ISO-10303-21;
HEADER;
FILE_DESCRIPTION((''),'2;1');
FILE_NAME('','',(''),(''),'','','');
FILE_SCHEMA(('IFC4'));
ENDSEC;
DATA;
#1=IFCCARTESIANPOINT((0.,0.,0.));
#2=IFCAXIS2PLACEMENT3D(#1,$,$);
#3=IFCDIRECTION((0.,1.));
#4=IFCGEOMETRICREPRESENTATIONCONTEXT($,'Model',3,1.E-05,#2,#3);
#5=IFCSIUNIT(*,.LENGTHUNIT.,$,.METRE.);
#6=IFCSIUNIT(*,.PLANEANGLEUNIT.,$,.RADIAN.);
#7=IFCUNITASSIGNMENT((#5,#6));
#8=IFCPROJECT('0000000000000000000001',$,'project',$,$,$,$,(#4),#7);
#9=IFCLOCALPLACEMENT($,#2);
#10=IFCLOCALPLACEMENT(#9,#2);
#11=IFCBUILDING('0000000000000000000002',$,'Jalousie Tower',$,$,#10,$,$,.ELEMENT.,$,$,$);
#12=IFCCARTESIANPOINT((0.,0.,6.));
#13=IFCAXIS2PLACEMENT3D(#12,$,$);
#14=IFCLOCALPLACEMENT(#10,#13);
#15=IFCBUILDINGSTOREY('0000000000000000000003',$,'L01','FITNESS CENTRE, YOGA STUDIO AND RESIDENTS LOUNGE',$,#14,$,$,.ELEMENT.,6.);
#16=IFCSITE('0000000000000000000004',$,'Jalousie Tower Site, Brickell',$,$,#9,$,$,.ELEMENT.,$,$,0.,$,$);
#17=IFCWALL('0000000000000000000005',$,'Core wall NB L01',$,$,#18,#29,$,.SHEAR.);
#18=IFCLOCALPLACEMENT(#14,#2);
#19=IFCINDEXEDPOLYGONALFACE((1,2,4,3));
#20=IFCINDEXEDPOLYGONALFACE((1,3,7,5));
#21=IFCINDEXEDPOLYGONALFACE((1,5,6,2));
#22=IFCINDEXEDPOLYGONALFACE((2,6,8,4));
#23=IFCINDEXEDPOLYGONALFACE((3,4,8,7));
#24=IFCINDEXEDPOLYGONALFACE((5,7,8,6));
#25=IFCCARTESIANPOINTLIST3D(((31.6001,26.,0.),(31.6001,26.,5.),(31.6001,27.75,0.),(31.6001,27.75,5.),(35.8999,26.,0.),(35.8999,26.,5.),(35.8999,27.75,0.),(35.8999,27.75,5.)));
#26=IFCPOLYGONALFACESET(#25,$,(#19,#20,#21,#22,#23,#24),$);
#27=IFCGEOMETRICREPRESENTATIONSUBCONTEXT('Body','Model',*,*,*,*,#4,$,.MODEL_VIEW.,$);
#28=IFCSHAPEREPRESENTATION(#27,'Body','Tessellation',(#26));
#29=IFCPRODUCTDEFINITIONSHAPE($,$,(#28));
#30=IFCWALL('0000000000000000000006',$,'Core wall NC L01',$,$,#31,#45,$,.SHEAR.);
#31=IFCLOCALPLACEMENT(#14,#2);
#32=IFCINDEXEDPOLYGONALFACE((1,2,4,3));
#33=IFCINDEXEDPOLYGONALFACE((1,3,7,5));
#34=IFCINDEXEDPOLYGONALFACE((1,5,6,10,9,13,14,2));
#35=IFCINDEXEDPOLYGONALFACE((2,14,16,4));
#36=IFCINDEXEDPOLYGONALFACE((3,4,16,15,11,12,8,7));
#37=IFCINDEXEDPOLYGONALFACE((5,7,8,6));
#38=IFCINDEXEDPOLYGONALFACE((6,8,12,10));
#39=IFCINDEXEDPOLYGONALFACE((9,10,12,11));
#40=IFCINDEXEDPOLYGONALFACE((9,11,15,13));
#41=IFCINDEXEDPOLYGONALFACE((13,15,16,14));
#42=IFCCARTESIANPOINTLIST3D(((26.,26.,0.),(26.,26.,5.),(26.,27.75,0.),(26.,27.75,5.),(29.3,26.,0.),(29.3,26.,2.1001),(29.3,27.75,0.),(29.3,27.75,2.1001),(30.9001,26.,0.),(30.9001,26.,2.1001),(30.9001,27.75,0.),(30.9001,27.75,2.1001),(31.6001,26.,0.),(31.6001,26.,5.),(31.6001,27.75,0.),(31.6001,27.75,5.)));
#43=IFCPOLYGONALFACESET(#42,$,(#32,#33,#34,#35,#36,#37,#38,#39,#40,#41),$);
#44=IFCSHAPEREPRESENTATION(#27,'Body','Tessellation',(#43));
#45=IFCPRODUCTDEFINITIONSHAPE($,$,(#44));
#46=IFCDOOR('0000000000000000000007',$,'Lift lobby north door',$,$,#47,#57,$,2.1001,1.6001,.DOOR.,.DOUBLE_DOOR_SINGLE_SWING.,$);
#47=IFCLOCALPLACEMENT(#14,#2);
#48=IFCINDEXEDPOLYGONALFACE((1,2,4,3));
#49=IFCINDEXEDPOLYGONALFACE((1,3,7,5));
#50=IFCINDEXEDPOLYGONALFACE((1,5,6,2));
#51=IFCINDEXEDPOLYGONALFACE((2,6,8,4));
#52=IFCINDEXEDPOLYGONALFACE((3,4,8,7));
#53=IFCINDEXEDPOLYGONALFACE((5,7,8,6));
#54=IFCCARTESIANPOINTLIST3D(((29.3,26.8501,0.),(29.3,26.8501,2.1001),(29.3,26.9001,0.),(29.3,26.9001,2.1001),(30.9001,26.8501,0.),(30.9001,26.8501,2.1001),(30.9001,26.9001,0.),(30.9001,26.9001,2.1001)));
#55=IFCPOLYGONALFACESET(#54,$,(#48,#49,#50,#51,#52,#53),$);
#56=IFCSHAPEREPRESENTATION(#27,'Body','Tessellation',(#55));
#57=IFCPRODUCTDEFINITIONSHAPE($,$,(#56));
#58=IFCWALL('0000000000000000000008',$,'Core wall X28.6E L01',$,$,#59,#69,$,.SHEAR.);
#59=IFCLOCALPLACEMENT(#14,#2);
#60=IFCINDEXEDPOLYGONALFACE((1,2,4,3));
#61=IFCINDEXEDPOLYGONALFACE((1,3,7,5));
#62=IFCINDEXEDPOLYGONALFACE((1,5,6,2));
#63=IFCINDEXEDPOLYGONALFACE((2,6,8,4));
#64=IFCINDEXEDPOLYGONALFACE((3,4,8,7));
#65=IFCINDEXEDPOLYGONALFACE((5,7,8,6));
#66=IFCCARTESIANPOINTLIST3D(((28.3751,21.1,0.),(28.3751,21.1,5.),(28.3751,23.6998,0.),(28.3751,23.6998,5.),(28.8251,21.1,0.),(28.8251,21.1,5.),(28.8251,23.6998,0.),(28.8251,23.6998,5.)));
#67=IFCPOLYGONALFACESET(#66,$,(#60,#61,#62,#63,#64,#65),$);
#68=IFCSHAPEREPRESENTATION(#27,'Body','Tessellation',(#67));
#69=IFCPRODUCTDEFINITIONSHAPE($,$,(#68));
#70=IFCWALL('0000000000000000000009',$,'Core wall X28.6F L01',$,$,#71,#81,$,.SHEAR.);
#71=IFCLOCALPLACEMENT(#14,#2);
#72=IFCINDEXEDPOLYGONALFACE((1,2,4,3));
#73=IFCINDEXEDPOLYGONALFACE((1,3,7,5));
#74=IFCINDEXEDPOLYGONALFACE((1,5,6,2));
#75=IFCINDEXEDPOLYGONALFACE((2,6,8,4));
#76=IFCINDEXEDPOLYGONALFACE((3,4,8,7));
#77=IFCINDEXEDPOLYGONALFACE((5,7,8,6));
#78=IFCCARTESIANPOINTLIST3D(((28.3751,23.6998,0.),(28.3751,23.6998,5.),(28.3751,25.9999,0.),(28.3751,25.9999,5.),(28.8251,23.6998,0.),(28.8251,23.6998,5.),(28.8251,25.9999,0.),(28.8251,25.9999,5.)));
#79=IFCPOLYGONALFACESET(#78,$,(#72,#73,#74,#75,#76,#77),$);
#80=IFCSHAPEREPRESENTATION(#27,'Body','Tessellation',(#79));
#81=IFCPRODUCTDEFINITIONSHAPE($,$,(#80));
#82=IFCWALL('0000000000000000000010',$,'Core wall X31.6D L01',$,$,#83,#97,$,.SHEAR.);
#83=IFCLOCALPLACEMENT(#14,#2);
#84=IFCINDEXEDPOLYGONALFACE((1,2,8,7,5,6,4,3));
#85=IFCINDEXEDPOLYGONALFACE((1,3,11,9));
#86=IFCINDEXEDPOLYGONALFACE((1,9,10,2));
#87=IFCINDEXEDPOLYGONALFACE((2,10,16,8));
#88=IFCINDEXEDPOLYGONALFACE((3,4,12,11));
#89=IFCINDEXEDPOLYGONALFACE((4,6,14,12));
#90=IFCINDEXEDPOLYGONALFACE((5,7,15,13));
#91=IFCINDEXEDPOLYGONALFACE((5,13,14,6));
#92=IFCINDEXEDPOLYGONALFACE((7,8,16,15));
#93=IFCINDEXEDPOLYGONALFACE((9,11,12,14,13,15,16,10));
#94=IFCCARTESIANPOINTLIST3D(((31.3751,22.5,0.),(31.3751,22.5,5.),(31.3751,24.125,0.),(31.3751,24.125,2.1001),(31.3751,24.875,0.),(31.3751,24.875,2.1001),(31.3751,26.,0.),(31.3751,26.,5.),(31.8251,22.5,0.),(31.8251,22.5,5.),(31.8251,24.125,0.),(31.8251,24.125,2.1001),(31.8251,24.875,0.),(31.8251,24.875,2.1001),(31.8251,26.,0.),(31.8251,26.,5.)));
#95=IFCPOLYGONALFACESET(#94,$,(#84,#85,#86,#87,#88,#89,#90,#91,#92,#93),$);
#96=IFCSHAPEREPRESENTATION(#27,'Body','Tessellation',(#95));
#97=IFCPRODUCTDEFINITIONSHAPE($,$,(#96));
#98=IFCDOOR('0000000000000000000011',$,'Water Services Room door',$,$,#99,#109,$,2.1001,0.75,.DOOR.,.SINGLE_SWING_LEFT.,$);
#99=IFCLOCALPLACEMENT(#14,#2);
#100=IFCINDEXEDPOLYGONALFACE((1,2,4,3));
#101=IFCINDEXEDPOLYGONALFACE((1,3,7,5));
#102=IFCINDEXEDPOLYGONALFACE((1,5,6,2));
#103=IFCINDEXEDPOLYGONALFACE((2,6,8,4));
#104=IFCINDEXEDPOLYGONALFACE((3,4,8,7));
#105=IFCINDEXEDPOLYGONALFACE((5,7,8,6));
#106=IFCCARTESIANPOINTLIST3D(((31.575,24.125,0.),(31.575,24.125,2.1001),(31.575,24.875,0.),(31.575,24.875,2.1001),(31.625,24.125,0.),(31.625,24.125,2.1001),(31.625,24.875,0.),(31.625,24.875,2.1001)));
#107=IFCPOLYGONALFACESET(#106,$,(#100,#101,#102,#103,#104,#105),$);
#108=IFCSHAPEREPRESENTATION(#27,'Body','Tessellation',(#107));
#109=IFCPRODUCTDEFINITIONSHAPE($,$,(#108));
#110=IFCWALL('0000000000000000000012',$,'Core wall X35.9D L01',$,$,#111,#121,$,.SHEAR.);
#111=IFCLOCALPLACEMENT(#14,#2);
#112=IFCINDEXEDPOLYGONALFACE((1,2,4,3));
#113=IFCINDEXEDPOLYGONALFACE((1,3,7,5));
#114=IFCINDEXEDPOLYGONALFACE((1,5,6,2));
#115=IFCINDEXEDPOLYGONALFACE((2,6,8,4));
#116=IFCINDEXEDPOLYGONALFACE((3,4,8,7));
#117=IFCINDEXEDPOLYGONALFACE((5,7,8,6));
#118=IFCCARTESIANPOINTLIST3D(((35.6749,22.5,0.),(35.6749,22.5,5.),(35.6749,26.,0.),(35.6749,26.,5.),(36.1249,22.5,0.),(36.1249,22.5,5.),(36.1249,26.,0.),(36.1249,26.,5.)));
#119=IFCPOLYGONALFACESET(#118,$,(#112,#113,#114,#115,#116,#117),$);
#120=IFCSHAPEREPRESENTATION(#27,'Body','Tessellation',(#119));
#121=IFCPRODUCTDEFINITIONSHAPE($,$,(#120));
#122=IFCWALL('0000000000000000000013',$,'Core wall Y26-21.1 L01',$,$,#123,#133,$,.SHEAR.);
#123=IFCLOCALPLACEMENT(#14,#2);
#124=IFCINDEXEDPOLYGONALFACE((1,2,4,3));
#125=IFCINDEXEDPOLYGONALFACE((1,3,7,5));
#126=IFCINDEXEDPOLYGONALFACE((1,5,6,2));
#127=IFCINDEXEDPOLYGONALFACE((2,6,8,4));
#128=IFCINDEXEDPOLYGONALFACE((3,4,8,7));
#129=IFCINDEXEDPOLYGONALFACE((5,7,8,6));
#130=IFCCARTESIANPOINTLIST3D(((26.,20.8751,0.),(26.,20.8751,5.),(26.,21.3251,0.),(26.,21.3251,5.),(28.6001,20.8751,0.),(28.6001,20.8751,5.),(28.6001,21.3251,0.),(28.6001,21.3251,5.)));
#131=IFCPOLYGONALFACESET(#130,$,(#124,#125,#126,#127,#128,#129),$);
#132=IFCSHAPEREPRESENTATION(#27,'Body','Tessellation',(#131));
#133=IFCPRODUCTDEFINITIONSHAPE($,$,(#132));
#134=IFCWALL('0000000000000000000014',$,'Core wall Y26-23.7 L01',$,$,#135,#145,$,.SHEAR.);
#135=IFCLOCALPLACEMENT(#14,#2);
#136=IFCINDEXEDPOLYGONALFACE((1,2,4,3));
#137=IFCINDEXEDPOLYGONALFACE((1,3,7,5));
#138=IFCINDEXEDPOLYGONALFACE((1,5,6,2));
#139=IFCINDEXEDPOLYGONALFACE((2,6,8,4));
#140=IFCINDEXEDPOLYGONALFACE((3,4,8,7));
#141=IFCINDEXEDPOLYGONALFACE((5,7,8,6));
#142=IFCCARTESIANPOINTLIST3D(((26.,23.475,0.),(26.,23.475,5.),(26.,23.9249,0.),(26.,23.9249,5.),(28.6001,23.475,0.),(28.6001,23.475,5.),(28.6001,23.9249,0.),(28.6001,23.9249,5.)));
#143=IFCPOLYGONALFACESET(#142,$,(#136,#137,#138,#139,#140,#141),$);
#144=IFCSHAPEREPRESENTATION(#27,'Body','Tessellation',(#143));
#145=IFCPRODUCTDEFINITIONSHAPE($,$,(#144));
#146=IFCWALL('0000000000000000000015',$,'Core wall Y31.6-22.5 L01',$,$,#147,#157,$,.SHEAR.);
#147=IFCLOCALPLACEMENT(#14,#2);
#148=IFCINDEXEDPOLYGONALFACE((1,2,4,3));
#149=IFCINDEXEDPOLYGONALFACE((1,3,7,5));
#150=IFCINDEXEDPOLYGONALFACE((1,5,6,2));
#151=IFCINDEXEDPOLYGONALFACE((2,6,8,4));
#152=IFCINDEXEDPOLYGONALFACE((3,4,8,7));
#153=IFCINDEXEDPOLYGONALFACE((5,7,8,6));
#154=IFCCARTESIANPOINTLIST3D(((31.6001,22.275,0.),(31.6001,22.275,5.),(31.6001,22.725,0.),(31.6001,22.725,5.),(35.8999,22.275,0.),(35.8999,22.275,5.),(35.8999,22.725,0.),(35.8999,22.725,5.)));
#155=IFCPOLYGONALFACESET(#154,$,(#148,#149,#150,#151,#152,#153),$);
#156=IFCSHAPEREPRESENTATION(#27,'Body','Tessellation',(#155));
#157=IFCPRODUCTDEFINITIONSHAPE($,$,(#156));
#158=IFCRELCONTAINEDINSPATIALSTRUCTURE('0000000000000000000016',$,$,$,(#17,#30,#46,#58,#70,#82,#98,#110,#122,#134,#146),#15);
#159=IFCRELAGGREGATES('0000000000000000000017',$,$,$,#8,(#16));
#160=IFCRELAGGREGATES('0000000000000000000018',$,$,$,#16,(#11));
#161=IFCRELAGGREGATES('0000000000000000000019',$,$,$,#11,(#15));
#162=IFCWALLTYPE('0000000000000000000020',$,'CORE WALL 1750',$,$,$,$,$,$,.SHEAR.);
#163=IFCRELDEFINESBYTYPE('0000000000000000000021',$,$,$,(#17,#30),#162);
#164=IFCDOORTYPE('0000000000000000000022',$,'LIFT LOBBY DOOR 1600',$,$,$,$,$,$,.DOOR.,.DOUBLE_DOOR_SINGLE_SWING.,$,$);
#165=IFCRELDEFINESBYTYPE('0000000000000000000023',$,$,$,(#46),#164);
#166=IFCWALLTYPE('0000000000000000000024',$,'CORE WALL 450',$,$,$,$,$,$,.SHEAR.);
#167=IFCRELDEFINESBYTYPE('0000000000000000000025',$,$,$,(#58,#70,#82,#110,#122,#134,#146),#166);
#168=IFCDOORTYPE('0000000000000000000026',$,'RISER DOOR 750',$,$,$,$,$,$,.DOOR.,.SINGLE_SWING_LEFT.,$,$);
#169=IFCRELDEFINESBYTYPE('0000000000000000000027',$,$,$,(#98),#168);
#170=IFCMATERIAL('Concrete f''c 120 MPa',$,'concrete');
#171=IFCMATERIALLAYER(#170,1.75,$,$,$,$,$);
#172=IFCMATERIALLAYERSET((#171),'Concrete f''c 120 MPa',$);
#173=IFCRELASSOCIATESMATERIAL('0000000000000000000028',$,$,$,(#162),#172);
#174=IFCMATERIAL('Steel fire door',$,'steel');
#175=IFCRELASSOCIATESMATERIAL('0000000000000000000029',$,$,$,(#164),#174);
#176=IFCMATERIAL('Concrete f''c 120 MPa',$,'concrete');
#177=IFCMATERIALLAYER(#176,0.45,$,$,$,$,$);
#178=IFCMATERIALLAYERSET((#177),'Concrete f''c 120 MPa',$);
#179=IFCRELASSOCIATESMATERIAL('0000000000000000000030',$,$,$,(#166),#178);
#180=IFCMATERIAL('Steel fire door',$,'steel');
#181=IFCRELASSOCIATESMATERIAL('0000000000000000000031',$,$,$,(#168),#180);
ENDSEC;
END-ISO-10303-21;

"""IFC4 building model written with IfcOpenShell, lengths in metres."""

from ifc_helpers import new_model, si_unit, direction, frame, frame_2d, origin, place, context, subcontext, project, spatial, rectangle, extrude, material, layer, layer_set, type_object, element, fill, save


model = new_model("IFC4")

# Units and contexts
model_context = context("Model", 3, precision=1e-05, world=origin(), true_north=direction((0.0, 1.0)))
body_context = subcontext(model_context, "Body", "Model", "MODEL_VIEW")
ifc_project = project(units=[si_unit("LENGTHUNIT", "METRE"), si_unit("PLANEANGLEUNIT", "RADIAN")], contexts=[model_context])

# Site, building, storey
site_placement = place(None, origin())
site = spatial("IfcSite", under=ifc_project, at=site_placement, Name="Jalousie Tower Site, Brickell", CompositionType="ELEMENT", RefElevation=0.0)
building_placement = place(site_placement, origin())
building = spatial("IfcBuilding", under=site, at=building_placement, Name="Jalousie Tower", CompositionType="ELEMENT")
storey_placement = place(building_placement, frame((0.0, 0.0, 6.0)))
storey = spatial("IfcBuildingStorey", under=building, at=storey_placement, Name="L01", Description="FITNESS CENTRE, YOGA STUDIO AND RESIDENTS LOUNGE", CompositionType="ELEMENT", Elevation=6.0)

# Wall
ifc_material_1 = material(Name="Concrete f'c 120 MPa", Category="concrete")
ifc_layer_1 = layer(ifc_material_1, 1.75)
ifc_layer_set_1 = layer_set([ifc_layer_1], Name="Concrete f'c 120 MPa")
wall_type_1 = type_object("IfcWallType", Name="CORE WALL 1750", PredefinedType="SHEAR", material=ifc_layer_set_1)
wall_1_placement = place(storey_placement, frame((35.8999, 26.875, 0.0), z_axis=(0.0, 0.0, 1.0), x_axis=(-1.0, 0.0, 0.0)))
element("IfcWall", 1, at=wall_1_placement, inside=storey, type_object=wall_type_1, Name="Core wall NB L01", PredefinedType="SHEAR", context=body_context, shape_type="SweptSolid", body=[
    extrude(rectangle(XDim=4.2998, YDim=1.75, at=frame_2d((2.1499, 0.0))), origin(), (0.0, 0.0, 1.0), 5.0),
])

# Wall, opening, door
wall_2_placement = place(storey_placement, frame((31.6001, 26.875, 0.0), z_axis=(0.0, 0.0, 1.0), x_axis=(-1.0, 0.0, 0.0)))
wall_2 = element("IfcWall", 2, at=wall_2_placement, inside=storey, type_object=wall_type_1, Name="Core wall NC L01", PredefinedType="SHEAR", context=body_context, shape_type="SweptSolid", body=[
    extrude(rectangle(XDim=5.6001, YDim=1.75, at=frame_2d((2.8, 0.0))), origin(), (0.0, 0.0, 1.0), 5.0),
])
opening_1_placement = place(wall_2_placement, frame((0.7, 0.0, 0.0)))
opening_1 = element("IfcOpeningElement", 3, at=opening_1_placement, cuts=wall_2, PredefinedType="OPENING", context=body_context, shape_type="SweptSolid", body=[
    extrude(rectangle(XDim=1.6001, YDim=2.1001, at=frame_2d((0.8, 1.05))), frame((0.0, 0.885, 0.0), z_axis=(0.0, -1.0, 0.0), x_axis=(1.0, 0.0, 0.0)), (0.0, 0.0, 1.0), 1.77),
])
ifc_material_2 = material(Name="Steel fire door", Category="steel")
door_type_1 = type_object("IfcDoorType", Name="LIFT LOBBY DOOR 1600", OperationType="DOUBLE_DOOR_SINGLE_SWING", PredefinedType="DOOR", material=ifc_material_2)
door_1_placement = place(opening_1_placement, origin())
door_1 = element("IfcDoor", 4, at=door_1_placement, inside=storey, type_object=door_type_1, Name="Lift lobby north door", OperationType="DOUBLE_DOOR_SINGLE_SWING", OverallHeight=2.1001, OverallWidth=1.6001, PredefinedType="DOOR", context=body_context, shape_type="SweptSolid", body=[
    extrude(rectangle(XDim=1.6001, YDim=2.1001, at=frame_2d((0.8, 1.05))), frame((0.0, 0.0249, 0.0), z_axis=(0.0, -1.0, 0.0), x_axis=(1.0, 0.0, 0.0)), (0.0, 0.0, 1.0), 0.05),
])
fill(opening_1, door_1)

# Walls
ifc_material_3 = material(Name="Concrete f'c 120 MPa", Category="concrete")
ifc_layer_2 = layer(ifc_material_3, 0.45)
ifc_layer_set_2 = layer_set([ifc_layer_2], Name="Concrete f'c 120 MPa")
wall_type_2 = type_object("IfcWallType", Name="CORE WALL 450", PredefinedType="SHEAR", material=ifc_layer_set_2)
wall_3_placement = place(storey_placement, frame((28.6001, 21.1001, 0.0), z_axis=(0.0, 0.0, 1.0), x_axis=(0.0, 1.0, 0.0)))
element("IfcWall", 5, at=wall_3_placement, inside=storey, type_object=wall_type_2, Name="Core wall X28.6E L01", PredefinedType="SHEAR", context=body_context, shape_type="SweptSolid", body=[
    extrude(rectangle(XDim=2.5999, YDim=0.45, at=frame_2d((1.2998, 0.0))), origin(), (0.0, 0.0, 1.0), 5.0),
])
wall_4_placement = place(storey_placement, frame((28.6001, 23.7, 0.0), z_axis=(0.0, 0.0, 1.0), x_axis=(0.0, 1.0, 0.0)))
element("IfcWall", 6, at=wall_4_placement, inside=storey, type_object=wall_type_2, Name="Core wall X28.6F L01", PredefinedType="SHEAR", context=body_context, shape_type="SweptSolid", body=[
    extrude(rectangle(XDim=2.3, YDim=0.45, at=frame_2d((1.1499, 0.0))), origin(), (0.0, 0.0, 1.0), 5.0),
])

# Wall, opening, door
wall_5_placement = place(storey_placement, frame((31.6001, 22.5, 0.0), z_axis=(0.0, 0.0, 1.0), x_axis=(0.0, 1.0, 0.0)))
wall_5 = element("IfcWall", 7, at=wall_5_placement, inside=storey, type_object=wall_type_2, Name="Core wall X31.6D L01", PredefinedType="SHEAR", context=body_context, shape_type="SweptSolid", body=[
    extrude(rectangle(XDim=3.5, YDim=0.45, at=frame_2d((1.75, 0.0))), origin(), (0.0, 0.0, 1.0), 5.0),
])
opening_2_placement = place(wall_5_placement, frame((1.625, 0.0, 0.0)))
opening_2 = element("IfcOpeningElement", 8, at=opening_2_placement, cuts=wall_5, PredefinedType="OPENING", context=body_context, shape_type="SweptSolid", body=[
    extrude(rectangle(XDim=0.75, YDim=2.1001, at=frame_2d((0.375, 1.05))), frame((0.0, 0.2349, 0.0), z_axis=(0.0, -1.0, 0.0), x_axis=(1.0, 0.0, 0.0)), (0.0, 0.0, 1.0), 0.47),
])
ifc_material_4 = material(Name="Steel fire door", Category="steel")
door_type_2 = type_object("IfcDoorType", Name="RISER DOOR 750", OperationType="SINGLE_SWING_LEFT", PredefinedType="DOOR", material=ifc_material_4)
door_2_placement = place(opening_2_placement, frame((0.75, 0.0, 0.0), z_axis=(0.0, 0.0, 1.0), x_axis=(-1.0, 0.0, 0.0)))
door_2 = element("IfcDoor", 9, at=door_2_placement, inside=storey, type_object=door_type_2, Name="Water Services Room door", OperationType="SINGLE_SWING_LEFT", OverallHeight=2.1001, OverallWidth=0.75, PredefinedType="DOOR", context=body_context, shape_type="SweptSolid", body=[
    extrude(rectangle(XDim=0.75, YDim=2.1001, at=frame_2d((0.375, 1.05))), frame((0.0, 0.0249, 0.0), z_axis=(0.0, -1.0, 0.0), x_axis=(1.0, 0.0, 0.0)), (0.0, 0.0, 1.0), 0.05),
])
fill(opening_2, door_2)

# Walls
wall_6_placement = place(storey_placement, frame((35.8999, 22.5, 0.0), z_axis=(0.0, 0.0, 1.0), x_axis=(0.0, 1.0, 0.0)))
element("IfcWall", 10, at=wall_6_placement, inside=storey, type_object=wall_type_2, Name="Core wall X35.9D L01", PredefinedType="SHEAR", context=body_context, shape_type="SweptSolid", body=[
    extrude(rectangle(XDim=3.5, YDim=0.45, at=frame_2d((1.75, 0.0))), origin(), (0.0, 0.0, 1.0), 5.0),
])
for number, where, z_axis, x_axis, name in (
    (11, (26.0, 21.1001, 0.0), (0.0, 0.0, 1.0), (1.0, 0.0, 0.0), "Core wall Y26-21.1 L01"),
    (12, (26.0, 23.7, 0.0), (0.0, 0.0, 1.0), (1.0, 0.0, 0.0), "Core wall Y26-23.7 L01"),
):
    element("IfcWall", number, at=place(storey_placement, frame(where, z_axis=z_axis, x_axis=x_axis)), inside=storey, type_object=wall_type_2, Name=name, PredefinedType="SHEAR", context=body_context, shape_type="SweptSolid", body=[
        extrude(rectangle(XDim=2.6001, YDim=0.45, at=frame_2d((1.3, 0.0))), origin(), (0.0, 0.0, 1.0), 5.0),
    ])
wall_7_placement = place(storey_placement, frame((31.6001, 22.5, 0.0), z_axis=(0.0, 0.0, 1.0), x_axis=(1.0, 0.0, 0.0)))
element("IfcWall", 13, at=wall_7_placement, inside=storey, type_object=wall_type_2, Name="Core wall Y31.6-22.5 L01", PredefinedType="SHEAR", context=body_context, shape_type="SweptSolid", body=[
    extrude(rectangle(XDim=4.2998, YDim=0.45, at=frame_2d((2.1499, 0.0))), origin(), (0.0, 0.0, 1.0), 5.0),
])

save(model, "model.ifc")
